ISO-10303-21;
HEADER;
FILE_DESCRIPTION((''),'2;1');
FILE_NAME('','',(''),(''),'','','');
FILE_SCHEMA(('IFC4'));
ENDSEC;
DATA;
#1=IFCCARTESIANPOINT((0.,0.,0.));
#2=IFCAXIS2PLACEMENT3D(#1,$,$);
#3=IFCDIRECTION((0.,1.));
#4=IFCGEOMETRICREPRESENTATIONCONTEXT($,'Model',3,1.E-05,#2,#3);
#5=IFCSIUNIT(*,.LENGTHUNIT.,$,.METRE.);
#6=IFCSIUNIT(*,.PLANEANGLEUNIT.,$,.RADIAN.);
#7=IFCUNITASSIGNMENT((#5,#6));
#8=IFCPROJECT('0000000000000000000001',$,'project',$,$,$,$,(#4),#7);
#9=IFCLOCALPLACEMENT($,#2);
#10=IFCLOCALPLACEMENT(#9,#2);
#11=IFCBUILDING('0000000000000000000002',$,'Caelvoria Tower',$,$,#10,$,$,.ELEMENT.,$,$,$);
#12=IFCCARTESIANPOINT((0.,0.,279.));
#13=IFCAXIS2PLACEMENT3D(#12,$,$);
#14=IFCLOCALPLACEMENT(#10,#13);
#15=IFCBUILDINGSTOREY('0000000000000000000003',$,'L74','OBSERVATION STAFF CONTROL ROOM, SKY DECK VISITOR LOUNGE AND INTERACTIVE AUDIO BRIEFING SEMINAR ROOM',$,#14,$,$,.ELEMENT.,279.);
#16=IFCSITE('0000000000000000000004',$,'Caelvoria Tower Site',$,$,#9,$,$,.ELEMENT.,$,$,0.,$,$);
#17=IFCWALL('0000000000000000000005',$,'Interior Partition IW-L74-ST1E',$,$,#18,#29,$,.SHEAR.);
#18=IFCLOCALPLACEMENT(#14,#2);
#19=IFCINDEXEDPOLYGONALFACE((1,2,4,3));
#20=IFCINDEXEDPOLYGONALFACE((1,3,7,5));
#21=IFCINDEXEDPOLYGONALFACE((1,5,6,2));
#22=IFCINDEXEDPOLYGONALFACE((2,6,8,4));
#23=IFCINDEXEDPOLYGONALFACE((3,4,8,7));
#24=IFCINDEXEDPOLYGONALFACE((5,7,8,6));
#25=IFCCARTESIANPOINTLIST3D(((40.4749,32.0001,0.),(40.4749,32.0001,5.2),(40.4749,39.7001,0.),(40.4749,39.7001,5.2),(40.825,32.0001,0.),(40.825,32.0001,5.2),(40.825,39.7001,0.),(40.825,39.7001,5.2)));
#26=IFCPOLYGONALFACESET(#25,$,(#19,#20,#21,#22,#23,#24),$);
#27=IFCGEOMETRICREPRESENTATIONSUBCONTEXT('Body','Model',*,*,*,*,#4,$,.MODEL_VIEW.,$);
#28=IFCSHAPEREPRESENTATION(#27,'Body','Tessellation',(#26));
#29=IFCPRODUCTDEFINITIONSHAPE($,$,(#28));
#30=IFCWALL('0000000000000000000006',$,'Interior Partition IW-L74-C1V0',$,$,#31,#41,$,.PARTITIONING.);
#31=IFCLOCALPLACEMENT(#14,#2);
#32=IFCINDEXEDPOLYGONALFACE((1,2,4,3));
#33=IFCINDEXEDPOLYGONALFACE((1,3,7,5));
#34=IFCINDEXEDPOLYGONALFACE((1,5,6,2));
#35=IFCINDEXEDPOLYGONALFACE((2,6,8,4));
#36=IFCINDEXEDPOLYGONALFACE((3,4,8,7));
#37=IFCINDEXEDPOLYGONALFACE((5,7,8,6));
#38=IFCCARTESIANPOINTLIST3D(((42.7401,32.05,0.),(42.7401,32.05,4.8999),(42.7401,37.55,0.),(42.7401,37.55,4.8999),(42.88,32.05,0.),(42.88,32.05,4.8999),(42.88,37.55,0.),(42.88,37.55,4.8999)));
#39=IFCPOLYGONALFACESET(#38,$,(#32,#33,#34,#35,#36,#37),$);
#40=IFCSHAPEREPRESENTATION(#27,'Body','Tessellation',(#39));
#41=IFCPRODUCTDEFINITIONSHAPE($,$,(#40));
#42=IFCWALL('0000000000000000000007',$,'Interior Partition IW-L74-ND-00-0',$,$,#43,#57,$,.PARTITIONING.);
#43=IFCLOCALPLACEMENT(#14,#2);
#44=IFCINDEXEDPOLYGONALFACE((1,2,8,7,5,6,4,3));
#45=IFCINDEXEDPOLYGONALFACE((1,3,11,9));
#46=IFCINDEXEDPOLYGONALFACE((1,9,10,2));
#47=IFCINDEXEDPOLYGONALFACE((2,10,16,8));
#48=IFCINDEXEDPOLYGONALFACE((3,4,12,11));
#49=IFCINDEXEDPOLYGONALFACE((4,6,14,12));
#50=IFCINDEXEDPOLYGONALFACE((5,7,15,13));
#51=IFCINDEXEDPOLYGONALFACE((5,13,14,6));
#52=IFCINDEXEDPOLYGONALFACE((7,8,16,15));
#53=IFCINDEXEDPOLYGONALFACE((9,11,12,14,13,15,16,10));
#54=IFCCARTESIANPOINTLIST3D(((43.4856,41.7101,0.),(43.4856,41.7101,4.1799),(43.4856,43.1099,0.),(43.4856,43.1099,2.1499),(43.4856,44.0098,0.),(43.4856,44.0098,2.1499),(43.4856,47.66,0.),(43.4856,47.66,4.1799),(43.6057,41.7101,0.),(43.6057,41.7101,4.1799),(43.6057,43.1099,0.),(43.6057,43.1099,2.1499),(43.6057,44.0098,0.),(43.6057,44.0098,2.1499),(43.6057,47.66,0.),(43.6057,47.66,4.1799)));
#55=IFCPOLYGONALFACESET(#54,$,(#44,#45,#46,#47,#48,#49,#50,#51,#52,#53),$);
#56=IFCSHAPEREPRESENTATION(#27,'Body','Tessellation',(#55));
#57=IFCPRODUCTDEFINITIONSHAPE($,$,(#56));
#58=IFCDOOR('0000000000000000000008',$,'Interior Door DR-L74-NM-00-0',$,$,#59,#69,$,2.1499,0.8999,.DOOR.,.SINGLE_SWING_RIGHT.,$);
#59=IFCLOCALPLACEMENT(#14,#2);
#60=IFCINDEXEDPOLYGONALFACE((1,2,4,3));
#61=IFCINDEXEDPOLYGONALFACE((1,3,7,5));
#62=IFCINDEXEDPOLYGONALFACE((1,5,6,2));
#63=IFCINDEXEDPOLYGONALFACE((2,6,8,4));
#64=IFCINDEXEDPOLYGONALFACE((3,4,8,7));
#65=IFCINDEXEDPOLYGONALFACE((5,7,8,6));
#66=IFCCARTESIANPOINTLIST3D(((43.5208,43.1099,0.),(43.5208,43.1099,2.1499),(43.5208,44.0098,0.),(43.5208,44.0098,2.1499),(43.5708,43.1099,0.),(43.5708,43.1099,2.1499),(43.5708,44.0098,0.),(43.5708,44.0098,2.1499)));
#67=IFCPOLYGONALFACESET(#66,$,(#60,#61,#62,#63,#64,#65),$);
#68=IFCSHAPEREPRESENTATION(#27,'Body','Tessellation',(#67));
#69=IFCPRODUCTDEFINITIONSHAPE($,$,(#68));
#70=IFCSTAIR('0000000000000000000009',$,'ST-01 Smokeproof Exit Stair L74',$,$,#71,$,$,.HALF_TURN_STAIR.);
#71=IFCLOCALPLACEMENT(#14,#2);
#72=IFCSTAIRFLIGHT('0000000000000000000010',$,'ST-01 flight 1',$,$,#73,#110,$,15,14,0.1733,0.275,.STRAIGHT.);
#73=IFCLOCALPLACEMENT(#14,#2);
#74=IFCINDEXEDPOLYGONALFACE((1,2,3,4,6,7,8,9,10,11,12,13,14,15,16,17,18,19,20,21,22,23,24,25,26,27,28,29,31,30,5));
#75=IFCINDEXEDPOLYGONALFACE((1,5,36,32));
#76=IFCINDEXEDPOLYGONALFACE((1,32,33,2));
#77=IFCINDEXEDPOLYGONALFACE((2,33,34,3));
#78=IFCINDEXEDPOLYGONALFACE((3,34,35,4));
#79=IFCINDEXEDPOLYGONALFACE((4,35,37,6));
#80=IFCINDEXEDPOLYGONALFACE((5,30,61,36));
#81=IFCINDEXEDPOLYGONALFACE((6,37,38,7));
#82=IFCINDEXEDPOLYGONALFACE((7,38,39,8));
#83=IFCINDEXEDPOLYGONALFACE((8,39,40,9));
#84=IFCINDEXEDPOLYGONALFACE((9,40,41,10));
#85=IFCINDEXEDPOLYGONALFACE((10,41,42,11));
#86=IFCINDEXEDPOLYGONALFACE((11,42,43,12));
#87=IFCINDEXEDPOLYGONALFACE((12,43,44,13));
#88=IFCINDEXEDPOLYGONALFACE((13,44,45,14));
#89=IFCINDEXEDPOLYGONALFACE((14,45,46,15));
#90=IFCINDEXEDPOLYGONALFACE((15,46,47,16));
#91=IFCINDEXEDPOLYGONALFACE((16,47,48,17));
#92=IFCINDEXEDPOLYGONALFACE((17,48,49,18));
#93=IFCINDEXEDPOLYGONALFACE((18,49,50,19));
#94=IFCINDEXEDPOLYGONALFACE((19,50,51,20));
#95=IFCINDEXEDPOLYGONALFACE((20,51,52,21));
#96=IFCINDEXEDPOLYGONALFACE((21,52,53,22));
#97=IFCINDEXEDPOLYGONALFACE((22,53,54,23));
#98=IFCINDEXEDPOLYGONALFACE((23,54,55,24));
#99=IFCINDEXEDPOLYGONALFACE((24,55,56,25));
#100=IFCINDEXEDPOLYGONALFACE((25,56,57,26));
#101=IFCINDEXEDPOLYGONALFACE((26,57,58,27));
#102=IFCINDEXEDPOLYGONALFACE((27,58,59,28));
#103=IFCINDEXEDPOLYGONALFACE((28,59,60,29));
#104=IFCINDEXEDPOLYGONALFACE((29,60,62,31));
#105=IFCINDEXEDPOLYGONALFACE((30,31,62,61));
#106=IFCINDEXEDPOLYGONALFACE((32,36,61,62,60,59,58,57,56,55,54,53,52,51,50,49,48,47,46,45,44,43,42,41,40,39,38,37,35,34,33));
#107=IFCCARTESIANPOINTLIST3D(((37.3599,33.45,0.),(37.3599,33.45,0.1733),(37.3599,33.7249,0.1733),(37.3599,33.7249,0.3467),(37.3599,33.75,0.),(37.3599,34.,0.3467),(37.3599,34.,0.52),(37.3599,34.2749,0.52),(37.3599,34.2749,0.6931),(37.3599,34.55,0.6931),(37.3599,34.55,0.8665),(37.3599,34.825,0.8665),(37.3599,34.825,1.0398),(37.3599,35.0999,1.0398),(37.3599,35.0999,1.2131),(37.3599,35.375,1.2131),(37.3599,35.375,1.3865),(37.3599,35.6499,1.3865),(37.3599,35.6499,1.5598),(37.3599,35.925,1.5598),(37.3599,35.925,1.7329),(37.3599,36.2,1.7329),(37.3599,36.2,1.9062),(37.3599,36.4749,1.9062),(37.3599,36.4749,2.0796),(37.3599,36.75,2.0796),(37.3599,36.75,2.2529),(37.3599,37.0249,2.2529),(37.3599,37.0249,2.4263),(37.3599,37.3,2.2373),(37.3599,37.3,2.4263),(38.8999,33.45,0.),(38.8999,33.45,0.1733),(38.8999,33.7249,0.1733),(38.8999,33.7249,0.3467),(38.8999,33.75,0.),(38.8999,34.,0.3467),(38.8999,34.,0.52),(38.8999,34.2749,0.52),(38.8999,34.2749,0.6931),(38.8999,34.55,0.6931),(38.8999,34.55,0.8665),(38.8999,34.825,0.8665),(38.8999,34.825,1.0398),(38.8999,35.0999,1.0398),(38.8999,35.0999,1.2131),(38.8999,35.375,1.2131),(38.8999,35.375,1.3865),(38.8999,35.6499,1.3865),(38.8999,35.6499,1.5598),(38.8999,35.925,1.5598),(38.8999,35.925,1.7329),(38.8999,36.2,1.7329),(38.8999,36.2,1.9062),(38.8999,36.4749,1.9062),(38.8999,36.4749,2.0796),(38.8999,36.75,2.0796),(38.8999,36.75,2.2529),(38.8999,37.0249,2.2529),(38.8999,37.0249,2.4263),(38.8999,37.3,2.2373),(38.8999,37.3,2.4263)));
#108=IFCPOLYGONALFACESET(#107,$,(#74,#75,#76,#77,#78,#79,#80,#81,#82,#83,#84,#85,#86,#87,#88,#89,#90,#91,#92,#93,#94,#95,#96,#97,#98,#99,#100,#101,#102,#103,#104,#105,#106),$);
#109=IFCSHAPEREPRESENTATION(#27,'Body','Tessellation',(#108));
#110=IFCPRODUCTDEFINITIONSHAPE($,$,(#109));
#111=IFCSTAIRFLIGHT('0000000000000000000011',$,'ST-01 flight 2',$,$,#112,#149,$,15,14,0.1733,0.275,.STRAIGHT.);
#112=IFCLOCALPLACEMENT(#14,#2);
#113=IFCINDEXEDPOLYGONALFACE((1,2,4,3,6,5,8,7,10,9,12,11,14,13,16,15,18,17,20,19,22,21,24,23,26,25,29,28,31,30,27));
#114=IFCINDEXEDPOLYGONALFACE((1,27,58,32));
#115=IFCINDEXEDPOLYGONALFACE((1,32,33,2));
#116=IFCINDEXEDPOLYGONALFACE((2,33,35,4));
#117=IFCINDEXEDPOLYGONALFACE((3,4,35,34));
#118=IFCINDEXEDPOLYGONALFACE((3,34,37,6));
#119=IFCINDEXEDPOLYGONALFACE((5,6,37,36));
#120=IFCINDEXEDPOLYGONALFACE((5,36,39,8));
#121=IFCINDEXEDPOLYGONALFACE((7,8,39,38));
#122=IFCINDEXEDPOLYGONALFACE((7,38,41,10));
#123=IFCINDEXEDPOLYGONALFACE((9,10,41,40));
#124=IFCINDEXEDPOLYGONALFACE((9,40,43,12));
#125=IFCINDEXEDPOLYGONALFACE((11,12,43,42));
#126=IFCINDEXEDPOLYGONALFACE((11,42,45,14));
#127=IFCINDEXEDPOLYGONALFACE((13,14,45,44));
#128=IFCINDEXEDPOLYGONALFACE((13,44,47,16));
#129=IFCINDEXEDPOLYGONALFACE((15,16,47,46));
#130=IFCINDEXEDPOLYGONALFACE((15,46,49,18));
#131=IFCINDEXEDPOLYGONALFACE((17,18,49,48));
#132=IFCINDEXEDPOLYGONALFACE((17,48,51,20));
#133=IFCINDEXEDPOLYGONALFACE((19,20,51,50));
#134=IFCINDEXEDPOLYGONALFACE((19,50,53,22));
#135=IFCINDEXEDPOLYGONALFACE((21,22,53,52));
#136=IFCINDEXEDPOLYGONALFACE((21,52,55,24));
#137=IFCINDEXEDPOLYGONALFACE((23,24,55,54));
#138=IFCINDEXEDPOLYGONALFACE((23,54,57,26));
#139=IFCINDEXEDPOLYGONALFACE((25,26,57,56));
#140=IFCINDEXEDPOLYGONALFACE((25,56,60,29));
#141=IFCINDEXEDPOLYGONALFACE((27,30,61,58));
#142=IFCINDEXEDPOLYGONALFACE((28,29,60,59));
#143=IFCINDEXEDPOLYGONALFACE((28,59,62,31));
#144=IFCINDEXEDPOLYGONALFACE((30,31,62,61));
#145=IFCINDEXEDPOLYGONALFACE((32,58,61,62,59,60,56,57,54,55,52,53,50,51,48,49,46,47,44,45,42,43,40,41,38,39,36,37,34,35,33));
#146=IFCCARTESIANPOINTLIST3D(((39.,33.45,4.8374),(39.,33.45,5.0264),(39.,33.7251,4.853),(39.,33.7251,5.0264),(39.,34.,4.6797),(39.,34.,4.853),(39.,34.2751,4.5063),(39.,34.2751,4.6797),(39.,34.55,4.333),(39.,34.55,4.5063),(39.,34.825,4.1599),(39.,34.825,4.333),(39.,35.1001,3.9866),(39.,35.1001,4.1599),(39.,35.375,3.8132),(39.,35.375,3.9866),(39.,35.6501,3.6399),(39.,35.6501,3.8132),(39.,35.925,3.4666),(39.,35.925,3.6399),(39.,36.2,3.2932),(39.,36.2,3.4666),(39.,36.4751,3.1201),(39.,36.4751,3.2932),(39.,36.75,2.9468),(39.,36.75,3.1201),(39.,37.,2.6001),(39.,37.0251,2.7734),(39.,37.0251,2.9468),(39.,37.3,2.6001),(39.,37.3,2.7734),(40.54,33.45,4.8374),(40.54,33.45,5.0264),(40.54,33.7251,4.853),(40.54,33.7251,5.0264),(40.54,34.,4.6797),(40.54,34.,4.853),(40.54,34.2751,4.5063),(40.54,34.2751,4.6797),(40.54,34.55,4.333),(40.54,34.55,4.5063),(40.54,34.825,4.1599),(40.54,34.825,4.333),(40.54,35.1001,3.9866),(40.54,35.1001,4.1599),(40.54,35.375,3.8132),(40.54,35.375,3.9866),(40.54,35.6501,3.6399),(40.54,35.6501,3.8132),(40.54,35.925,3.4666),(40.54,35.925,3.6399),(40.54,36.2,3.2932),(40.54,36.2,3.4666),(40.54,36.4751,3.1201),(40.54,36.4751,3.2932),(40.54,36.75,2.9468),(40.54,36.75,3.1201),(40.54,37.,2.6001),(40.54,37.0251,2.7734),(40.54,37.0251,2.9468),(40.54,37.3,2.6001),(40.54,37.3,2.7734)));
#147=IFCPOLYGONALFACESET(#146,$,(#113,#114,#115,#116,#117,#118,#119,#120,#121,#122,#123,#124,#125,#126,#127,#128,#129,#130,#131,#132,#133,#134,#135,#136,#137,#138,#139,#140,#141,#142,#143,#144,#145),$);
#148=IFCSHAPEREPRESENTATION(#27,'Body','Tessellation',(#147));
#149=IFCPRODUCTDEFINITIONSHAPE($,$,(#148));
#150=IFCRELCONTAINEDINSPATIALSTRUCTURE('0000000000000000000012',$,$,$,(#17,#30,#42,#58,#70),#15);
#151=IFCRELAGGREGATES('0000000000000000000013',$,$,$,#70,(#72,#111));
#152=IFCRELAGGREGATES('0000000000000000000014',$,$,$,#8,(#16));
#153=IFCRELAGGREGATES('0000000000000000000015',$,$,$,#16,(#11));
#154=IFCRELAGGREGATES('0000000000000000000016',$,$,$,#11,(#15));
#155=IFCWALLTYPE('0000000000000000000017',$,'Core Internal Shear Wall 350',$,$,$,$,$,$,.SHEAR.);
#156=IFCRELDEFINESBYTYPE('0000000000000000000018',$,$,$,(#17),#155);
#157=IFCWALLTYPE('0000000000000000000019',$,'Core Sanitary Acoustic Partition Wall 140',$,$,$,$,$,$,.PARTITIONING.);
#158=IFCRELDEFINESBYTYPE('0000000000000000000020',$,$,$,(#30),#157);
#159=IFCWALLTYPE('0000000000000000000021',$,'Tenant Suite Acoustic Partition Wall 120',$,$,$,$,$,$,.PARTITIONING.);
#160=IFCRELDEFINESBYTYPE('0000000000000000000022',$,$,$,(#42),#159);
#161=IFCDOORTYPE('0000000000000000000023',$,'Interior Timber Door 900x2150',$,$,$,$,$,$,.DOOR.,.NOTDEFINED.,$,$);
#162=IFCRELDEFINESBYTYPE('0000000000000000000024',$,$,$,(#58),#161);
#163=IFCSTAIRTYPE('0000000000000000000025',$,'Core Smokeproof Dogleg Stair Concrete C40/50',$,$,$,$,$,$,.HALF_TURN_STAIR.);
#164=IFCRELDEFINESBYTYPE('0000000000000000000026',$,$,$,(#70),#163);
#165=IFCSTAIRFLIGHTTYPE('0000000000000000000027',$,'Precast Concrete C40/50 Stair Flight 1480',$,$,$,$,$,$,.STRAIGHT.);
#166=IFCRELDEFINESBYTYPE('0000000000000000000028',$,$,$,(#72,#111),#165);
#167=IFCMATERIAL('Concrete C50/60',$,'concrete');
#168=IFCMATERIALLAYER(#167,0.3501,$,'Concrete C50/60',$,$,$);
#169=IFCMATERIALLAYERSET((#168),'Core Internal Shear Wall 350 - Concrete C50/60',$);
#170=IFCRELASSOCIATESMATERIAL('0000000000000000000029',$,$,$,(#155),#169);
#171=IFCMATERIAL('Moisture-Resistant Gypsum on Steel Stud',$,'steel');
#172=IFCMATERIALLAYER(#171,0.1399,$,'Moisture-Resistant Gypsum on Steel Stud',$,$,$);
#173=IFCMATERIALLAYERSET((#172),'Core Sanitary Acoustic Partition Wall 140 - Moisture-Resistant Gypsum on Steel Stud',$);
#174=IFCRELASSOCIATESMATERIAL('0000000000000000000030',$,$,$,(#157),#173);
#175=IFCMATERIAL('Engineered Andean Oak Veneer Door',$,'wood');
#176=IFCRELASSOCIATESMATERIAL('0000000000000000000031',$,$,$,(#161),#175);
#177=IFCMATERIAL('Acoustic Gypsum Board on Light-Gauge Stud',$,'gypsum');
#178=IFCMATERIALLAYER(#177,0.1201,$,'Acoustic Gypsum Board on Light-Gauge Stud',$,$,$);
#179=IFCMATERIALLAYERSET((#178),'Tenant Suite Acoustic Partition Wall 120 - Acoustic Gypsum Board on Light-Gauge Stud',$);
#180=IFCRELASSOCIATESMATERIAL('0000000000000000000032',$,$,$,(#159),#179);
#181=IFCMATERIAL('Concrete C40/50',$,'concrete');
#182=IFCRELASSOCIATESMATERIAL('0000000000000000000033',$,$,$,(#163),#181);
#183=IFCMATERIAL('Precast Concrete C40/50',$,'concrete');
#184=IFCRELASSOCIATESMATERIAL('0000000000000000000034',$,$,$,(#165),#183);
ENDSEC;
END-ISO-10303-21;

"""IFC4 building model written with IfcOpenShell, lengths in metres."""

from ifc_helpers import new_model, si_unit, direction, frame, frame_2d, origin, place, context, subcontext, project, spatial, polyline, rectangle, outline, extrude, material, layer, layer_set, type_object, element, fill, aggregate, save


model = new_model("IFC4")

# Units and contexts
model_context = context("Model", 3, precision=1e-05, world=origin(), true_north=direction((0.0, 1.0)))
body_context = subcontext(model_context, "Body", "Model", "MODEL_VIEW")
ifc_project = project(units=[si_unit("LENGTHUNIT", "METRE"), si_unit("PLANEANGLEUNIT", "RADIAN")], contexts=[model_context])

# Site, building, storey
site_placement = place(None, origin())
site = spatial("IfcSite", under=ifc_project, at=site_placement, Name="Caelvoria Tower Site", CompositionType="ELEMENT", RefElevation=0.0)
building_placement = place(site_placement, origin())
building = spatial("IfcBuilding", under=site, at=building_placement, Name="Caelvoria Tower", CompositionType="ELEMENT")
storey_placement = place(building_placement, frame((0.0, 0.0, 279.0)))
storey = spatial("IfcBuildingStorey", under=building, at=storey_placement, Name="L74", Description="OBSERVATION STAFF CONTROL ROOM, SKY DECK VISITOR LOUNGE AND INTERACTIVE AUDIO BRIEFING SEMINAR ROOM", CompositionType="ELEMENT", Elevation=279.0)

# Walls
ifc_material_1 = material(Name="Concrete C50/60", Category="concrete")
ifc_layer_1 = layer(ifc_material_1, 0.3501, Name="Concrete C50/60")
ifc_layer_set_1 = layer_set([ifc_layer_1], Name="Core Internal Shear Wall 350 - Concrete C50/60")
wall_type_1 = type_object("IfcWallType", Name="Core Internal Shear Wall 350", PredefinedType="SHEAR", material=ifc_layer_set_1)
wall_1_placement = place(storey_placement, frame((40.6499, 32.0, 0.0), z_axis=(0.0, 0.0, 1.0), x_axis=(0.0, 1.0, 0.0)))
element("IfcWall", 1, at=wall_1_placement, inside=storey, type_object=wall_type_1, Name="Interior Partition IW-L74-ST1E", PredefinedType="SHEAR", context=body_context, shape_type="SweptSolid", body=[
    extrude(rectangle(XDim=7.7, YDim=0.3501, at=frame_2d((3.8501, 0.0))), origin(), (0.0, 0.0, 1.0), 5.2),
])
ifc_material_2 = material(Name="Moisture-Resistant Gypsum on Steel Stud", Category="steel")
ifc_layer_2 = layer(ifc_material_2, 0.1399, Name="Moisture-Resistant Gypsum on Steel Stud")
ifc_layer_set_2 = layer_set([ifc_layer_2], Name="Core Sanitary Acoustic Partition Wall 140 - Moisture-Resistant Gypsum on Steel Stud")
wall_type_2 = type_object("IfcWallType", Name="Core Sanitary Acoustic Partition Wall 140", PredefinedType="PARTITIONING", material=ifc_layer_set_2)
wall_2_placement = place(storey_placement, frame((42.8101, 32.05, 0.0), z_axis=(0.0, 0.0, 1.0), x_axis=(0.0, 1.0, 0.0)))
element("IfcWall", 2, at=wall_2_placement, inside=storey, type_object=wall_type_2, Name="Interior Partition IW-L74-C1V0", PredefinedType="PARTITIONING", context=body_context, shape_type="SweptSolid", body=[
    extrude(rectangle(XDim=5.5, YDim=0.1399, at=frame_2d((2.75, 0.0))), origin(), (0.0, 0.0, 1.0), 4.8999),
])

# Shared definitions
ifc_material_3 = material(Name="Engineered Andean Oak Veneer Door", Category="wood")
door_type_1 = type_object("IfcDoorType", Name="Interior Timber Door 900x2150", OperationType="NOTDEFINED", PredefinedType="DOOR", material=ifc_material_3)

# Wall, opening, door
ifc_material_4 = material(Name="Acoustic Gypsum Board on Light-Gauge Stud", Category="gypsum")
ifc_layer_3 = layer(ifc_material_4, 0.1201, Name="Acoustic Gypsum Board on Light-Gauge Stud")
ifc_layer_set_3 = layer_set([ifc_layer_3], Name="Tenant Suite Acoustic Partition Wall 120 - Acoustic Gypsum Board on Light-Gauge Stud")
wall_type_3 = type_object("IfcWallType", Name="Tenant Suite Acoustic Partition Wall 120", PredefinedType="PARTITIONING", material=ifc_layer_set_3)
wall_3_placement = place(storey_placement, frame((43.5457, 41.71, 0.0), z_axis=(0.0, 0.0, 1.0), x_axis=(0.0, 1.0, 0.0)))
wall_3 = element("IfcWall", 3, at=wall_3_placement, inside=storey, type_object=wall_type_3, Name="Interior Partition IW-L74-ND-00-0", PredefinedType="PARTITIONING", context=body_context, shape_type="SweptSolid", body=[
    extrude(rectangle(XDim=5.95, YDim=0.1201, at=frame_2d((2.9751, 0.0))), origin(), (0.0, 0.0, 1.0), 4.1799),
])
opening_1_placement = place(wall_3_placement, frame((1.3999, 0.0, 0.0)))
opening_1 = element("IfcOpeningElement", 4, at=opening_1_placement, cuts=wall_3, PredefinedType="OPENING", context=body_context, shape_type="SweptSolid", body=[
    extrude(rectangle(XDim=0.8999, YDim=2.1499, at=frame_2d((0.45, 1.075))), frame((0.0, 0.0701, 0.0), z_axis=(0.0, -1.0, 0.0), x_axis=(1.0, 0.0, 0.0)), (0.0, 0.0, 1.0), 0.1401),
])
door_1_placement = place(opening_1_placement, origin())
door_1 = element("IfcDoor", 5, at=door_1_placement, inside=storey, type_object=door_type_1, Name="Interior Door DR-L74-NM-00-0", OperationType="SINGLE_SWING_RIGHT", OverallHeight=2.1499, OverallWidth=0.8999, PredefinedType="DOOR", context=body_context, shape_type="SweptSolid", body=[
    extrude(rectangle(XDim=0.8999, YDim=2.1499, at=frame_2d((0.45, 1.075))), frame((0.0, 0.0249, 0.0), z_axis=(0.0, -1.0, 0.0), x_axis=(1.0, 0.0, 0.0)), (0.0, 0.0, 1.0), 0.05),
])
fill(opening_1, door_1)

# Stair, stair flights
ifc_material_5 = material(Name="Concrete C40/50", Category="concrete")
stair_type = type_object("IfcStairType", Name="Core Smokeproof Dogleg Stair Concrete C40/50", PredefinedType="HALF_TURN_STAIR", material=ifc_material_5)
stair_placement = place(storey_placement, origin())
stair = element("IfcStair", 6, at=stair_placement, inside=storey, type_object=stair_type, Name="ST-01 Smokeproof Exit Stair L74", PredefinedType="HALF_TURN_STAIR")
ifc_material_6 = material(Name="Precast Concrete C40/50", Category="concrete")
stair_flight_type = type_object("IfcStairFlightType", Name="Precast Concrete C40/50 Stair Flight 1480", PredefinedType="STRAIGHT", material=ifc_material_6)
stair_flight_1_placement = place(storey_placement, frame((38.1299, 33.45, 0.0), z_axis=(0.0, 0.0, 1.0), x_axis=(0.0, 1.0, 0.0)))
stair_flight_1 = element("IfcStairFlight", 7, at=stair_flight_1_placement, type_object=stair_flight_type, Name="ST-01 flight 1", NumberOfRisers=15, NumberOfTreads=14, PredefinedType="STRAIGHT", RiserHeight=0.1733, TreadLength=0.275, context=body_context, shape_type="SweptSolid", body=[
    extrude(outline(polyline([(0.0, 0.0), (0.0, 0.1733), (0.2749, 0.1733), (0.2749, 0.3467), (0.55, 0.3467), (0.55, 0.52), (0.825, 0.52), (0.825, 0.6931), (1.1001, 0.6931), (1.1001, 0.8665), (1.375, 0.8665), (1.375, 1.0398), (1.6499, 1.0398), (1.6499, 1.2131), (1.925, 1.2131), (1.925, 1.3865), (2.2, 1.3865), (2.2, 1.5598), (2.4751, 1.5598), (2.4751, 1.7329), (2.75, 1.7329), (2.75, 1.9062), (3.0249, 1.9062), (3.0249, 2.0796), (3.3, 2.0796), (3.3, 2.2529), (3.575, 2.2529), (3.575, 2.4263), (3.8501, 2.4263), (3.8501, 2.5996), (3.8501, 2.2373), (0.3, 0.0), (0.0, 0.0)])), frame((0.0, 0.77, 0.0), z_axis=(0.0, -1.0, 0.0), x_axis=(1.0, 0.0, 0.0)), (0.0, 0.0, 1.0), 1.54),
])
stair_flight_2_placement = place(storey_placement, frame((39.77, 37.3, 2.6001), z_axis=(0.0, 0.0, 1.0), x_axis=(0.0, -1.0, 0.0)))
stair_flight_2 = element("IfcStairFlight", 8, at=stair_flight_2_placement, type_object=stair_flight_type, Name="ST-01 flight 2", NumberOfRisers=15, NumberOfTreads=14, PredefinedType="STRAIGHT", RiserHeight=0.1733, TreadLength=0.275, context=body_context, shape_type="SweptSolid", body=[
    extrude(outline(polyline([(0.0, 0.0), (0.0, 0.1733), (0.2749, 0.1733), (0.2749, 0.3467), (0.55, 0.3467), (0.55, 0.52), (0.825, 0.52), (0.825, 0.6931), (1.1001, 0.6931), (1.1001, 0.8665), (1.375, 0.8665), (1.375, 1.0398), (1.6499, 1.0398), (1.6499, 1.2131), (1.925, 1.2131), (1.925, 1.3865), (2.2, 1.3865), (2.2, 1.5598), (2.4751, 1.5598), (2.4751, 1.7329), (2.75, 1.7329), (2.75, 1.9062), (3.0249, 1.9062), (3.0249, 2.0796), (3.3, 2.0796), (3.3, 2.2529), (3.575, 2.2529), (3.575, 2.4263), (3.8501, 2.4263), (3.8501, 2.5996), (3.8501, 2.2373), (0.3, 0.0), (0.0, 0.0)])), frame((0.0, 0.77, 0.0), z_axis=(0.0, -1.0, 0.0), x_axis=(1.0, 0.0, 0.0)), (0.0, 0.0, 1.0), 1.54),
])
aggregate(stair, [stair_flight_1, stair_flight_2])

save(model, "model.ifc")
